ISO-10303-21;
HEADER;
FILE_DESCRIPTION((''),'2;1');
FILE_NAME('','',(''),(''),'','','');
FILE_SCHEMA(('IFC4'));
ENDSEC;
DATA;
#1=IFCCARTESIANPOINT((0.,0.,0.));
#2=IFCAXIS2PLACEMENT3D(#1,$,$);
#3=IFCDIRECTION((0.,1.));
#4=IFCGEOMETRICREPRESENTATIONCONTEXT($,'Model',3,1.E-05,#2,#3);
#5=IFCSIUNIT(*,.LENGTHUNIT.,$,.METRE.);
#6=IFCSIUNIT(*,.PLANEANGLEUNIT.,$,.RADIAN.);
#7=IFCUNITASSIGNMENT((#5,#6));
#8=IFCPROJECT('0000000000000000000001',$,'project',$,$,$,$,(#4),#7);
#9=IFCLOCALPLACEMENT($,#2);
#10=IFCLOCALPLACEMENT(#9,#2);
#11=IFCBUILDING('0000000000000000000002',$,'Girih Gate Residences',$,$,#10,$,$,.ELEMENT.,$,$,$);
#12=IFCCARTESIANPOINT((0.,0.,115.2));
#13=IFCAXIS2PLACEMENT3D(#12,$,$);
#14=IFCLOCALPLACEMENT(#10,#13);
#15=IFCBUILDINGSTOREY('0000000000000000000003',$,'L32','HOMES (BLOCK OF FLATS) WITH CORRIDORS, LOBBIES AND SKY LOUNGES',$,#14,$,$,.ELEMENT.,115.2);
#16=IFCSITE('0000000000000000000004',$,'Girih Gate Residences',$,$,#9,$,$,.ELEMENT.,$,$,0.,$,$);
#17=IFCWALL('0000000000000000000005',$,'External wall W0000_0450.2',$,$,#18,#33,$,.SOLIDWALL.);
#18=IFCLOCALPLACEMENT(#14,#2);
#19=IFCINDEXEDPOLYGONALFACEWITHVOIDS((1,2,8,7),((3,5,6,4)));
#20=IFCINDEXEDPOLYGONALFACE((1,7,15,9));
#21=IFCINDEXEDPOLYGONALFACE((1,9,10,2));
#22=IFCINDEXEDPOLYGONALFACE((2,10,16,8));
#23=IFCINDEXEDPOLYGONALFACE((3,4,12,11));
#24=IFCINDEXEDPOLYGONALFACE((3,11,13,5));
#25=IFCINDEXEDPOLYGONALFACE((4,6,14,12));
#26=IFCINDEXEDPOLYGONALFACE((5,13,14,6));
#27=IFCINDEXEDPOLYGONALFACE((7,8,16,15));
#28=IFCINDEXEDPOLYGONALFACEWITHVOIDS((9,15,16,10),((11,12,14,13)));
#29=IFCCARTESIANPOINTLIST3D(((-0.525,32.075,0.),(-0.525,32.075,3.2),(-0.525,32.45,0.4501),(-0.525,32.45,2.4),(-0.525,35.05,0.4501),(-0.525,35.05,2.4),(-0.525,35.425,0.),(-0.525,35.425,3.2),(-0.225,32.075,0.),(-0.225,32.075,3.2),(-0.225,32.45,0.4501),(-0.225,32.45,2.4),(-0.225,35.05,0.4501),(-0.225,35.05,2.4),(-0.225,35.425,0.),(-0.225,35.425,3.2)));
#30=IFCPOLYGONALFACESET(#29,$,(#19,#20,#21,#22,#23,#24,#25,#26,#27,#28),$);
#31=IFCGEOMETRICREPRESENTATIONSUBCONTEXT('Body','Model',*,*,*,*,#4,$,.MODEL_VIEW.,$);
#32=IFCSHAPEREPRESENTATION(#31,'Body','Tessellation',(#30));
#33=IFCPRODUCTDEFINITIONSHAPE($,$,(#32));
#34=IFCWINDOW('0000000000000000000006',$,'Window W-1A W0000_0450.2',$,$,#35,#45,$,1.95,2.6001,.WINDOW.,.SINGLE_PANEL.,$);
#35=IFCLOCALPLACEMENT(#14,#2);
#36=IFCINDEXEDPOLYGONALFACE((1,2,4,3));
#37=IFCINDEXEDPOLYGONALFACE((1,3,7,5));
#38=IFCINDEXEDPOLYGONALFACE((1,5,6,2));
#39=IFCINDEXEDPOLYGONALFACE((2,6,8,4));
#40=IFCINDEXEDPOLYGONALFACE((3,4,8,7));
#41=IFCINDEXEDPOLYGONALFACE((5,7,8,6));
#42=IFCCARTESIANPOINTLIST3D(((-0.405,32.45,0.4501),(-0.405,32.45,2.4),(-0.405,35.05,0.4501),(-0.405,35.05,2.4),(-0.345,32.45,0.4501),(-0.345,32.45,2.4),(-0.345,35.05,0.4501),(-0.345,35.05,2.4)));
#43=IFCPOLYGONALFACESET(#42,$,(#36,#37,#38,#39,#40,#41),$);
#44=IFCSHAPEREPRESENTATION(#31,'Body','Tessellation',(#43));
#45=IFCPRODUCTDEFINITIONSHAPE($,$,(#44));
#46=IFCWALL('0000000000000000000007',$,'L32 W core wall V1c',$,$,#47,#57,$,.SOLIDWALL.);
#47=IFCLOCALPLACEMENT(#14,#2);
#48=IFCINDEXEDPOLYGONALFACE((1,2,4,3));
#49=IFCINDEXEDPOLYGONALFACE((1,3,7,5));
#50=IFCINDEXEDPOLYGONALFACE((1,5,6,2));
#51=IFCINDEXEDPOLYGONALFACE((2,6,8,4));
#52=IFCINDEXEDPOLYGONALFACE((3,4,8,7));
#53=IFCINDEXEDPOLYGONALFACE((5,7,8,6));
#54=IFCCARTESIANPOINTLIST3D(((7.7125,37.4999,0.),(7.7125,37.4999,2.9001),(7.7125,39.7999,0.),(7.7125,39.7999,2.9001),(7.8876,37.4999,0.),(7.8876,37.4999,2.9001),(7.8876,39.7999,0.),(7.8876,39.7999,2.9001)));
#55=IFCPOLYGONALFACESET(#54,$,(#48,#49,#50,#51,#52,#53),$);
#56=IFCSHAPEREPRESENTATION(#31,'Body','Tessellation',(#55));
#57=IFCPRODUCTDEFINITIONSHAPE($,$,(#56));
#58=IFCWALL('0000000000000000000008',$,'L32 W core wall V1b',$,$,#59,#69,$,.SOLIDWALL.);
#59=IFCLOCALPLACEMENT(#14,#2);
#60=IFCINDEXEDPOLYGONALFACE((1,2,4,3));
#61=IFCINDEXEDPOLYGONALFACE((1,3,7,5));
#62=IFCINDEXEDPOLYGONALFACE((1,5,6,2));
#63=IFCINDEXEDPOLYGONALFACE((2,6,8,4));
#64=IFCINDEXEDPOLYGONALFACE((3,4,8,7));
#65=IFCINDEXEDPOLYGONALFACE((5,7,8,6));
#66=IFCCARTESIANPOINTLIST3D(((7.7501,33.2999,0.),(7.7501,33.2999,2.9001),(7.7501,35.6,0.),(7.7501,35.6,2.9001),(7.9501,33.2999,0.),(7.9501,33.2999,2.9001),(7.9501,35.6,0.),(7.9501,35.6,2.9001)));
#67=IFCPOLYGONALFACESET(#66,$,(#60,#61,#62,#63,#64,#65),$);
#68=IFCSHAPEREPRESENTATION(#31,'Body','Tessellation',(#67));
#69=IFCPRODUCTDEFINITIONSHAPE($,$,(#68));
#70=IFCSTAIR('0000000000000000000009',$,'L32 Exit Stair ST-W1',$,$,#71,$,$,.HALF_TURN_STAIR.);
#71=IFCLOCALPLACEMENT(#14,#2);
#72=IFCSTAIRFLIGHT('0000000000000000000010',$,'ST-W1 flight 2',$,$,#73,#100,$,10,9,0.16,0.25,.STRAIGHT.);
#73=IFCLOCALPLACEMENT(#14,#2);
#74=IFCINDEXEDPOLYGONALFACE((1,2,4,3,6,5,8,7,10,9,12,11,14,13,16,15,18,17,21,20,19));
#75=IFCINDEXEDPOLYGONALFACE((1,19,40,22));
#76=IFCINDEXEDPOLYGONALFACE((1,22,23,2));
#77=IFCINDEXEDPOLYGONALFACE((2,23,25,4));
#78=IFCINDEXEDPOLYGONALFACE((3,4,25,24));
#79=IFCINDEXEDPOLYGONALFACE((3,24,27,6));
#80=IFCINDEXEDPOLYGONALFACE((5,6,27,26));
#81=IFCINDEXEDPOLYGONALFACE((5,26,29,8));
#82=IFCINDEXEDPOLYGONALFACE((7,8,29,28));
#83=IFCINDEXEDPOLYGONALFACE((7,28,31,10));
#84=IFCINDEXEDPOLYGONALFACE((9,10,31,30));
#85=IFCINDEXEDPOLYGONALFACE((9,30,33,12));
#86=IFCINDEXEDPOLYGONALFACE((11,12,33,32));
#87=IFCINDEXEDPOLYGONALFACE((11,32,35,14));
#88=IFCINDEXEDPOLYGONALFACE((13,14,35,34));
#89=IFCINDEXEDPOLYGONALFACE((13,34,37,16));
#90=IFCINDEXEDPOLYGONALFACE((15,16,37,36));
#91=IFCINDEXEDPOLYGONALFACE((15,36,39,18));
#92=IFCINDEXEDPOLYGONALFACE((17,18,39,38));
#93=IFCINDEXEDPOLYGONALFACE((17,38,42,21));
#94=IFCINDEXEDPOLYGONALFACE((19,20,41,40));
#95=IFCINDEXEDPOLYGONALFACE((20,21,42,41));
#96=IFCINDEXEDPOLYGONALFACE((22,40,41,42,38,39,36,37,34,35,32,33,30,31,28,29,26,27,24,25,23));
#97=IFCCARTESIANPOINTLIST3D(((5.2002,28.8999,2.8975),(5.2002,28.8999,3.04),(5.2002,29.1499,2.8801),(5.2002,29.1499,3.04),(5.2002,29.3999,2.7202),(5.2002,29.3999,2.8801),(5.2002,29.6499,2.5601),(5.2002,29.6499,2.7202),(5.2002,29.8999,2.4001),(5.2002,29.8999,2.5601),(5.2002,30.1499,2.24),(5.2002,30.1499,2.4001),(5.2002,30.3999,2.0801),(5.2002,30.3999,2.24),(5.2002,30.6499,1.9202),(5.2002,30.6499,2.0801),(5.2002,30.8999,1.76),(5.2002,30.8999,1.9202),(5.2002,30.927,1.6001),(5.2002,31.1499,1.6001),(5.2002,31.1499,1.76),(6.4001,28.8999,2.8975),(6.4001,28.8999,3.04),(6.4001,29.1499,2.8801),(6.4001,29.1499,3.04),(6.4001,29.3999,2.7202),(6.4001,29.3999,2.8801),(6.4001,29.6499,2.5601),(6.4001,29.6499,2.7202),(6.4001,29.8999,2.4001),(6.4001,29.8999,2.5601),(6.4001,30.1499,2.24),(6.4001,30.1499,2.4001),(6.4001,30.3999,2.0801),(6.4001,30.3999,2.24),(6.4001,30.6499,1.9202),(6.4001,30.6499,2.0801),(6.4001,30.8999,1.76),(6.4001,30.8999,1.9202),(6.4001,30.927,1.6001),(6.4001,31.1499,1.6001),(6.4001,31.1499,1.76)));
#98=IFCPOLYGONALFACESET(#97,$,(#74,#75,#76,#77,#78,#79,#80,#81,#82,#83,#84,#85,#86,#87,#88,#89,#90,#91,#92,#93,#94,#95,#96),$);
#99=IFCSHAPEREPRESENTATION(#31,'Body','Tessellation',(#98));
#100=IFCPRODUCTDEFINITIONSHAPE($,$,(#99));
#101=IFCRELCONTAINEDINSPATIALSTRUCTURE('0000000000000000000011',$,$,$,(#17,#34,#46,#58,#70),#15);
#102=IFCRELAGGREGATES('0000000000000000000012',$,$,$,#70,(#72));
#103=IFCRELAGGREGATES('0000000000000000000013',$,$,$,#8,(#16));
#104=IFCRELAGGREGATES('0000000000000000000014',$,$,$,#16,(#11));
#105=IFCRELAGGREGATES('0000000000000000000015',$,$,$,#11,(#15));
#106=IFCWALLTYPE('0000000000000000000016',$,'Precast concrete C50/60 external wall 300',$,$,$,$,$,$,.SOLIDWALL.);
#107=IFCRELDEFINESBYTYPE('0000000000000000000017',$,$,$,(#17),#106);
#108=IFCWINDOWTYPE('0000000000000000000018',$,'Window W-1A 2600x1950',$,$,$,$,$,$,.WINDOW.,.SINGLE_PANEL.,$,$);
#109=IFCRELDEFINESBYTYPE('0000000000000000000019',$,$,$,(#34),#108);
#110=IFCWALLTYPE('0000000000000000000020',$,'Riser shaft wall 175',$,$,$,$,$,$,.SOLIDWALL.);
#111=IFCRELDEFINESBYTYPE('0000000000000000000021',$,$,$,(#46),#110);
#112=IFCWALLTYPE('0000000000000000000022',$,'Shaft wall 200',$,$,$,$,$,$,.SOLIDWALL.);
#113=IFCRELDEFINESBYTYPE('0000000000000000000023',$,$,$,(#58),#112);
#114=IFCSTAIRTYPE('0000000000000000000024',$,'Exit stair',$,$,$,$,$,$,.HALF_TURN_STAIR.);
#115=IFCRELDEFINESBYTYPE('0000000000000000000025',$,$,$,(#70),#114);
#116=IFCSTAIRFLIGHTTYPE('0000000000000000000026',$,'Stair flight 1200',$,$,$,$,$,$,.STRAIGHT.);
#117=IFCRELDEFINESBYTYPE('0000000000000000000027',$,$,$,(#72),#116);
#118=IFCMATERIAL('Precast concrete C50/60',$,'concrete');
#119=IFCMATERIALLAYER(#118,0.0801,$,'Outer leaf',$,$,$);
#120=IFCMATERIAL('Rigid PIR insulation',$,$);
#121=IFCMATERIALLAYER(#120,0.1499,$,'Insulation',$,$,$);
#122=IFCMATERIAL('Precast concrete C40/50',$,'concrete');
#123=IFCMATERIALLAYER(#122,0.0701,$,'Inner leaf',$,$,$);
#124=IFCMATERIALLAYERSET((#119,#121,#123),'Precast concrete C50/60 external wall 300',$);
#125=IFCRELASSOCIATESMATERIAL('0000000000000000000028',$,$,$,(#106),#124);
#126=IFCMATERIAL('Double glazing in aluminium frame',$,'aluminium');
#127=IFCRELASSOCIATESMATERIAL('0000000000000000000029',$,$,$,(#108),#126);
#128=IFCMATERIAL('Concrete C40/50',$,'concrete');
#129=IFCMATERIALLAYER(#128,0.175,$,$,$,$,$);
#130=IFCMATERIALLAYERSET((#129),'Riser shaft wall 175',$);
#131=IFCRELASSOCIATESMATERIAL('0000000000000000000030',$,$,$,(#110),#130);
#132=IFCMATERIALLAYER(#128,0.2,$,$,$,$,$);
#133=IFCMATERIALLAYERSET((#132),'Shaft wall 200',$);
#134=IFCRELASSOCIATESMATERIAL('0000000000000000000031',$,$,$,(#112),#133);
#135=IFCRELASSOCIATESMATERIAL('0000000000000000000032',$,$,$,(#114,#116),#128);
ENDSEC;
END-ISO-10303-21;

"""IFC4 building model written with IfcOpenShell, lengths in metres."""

from ifc_helpers import new_model, si_unit, direction, frame, frame_2d, origin, place, context, subcontext, project, spatial, polyline, rectangle, outline, extrude, material, layer, layer_set, type_object, element, fill, aggregate, save


model = new_model("IFC4")

# Units and contexts
model_context = context("Model", 3, precision=1e-05, world=origin(), true_north=direction((0.0, 1.0)))
body_context = subcontext(model_context, "Body", "Model", "MODEL_VIEW")
ifc_project = project(units=[si_unit("LENGTHUNIT", "METRE"), si_unit("PLANEANGLEUNIT", "RADIAN")], contexts=[model_context])

# Site, building, storey
site_placement = place(None, origin())
site = spatial("IfcSite", under=ifc_project, at=site_placement, Name="Girih Gate Residences", CompositionType="ELEMENT", RefElevation=0.0)
building_placement = place(site_placement, origin())
building = spatial("IfcBuilding", under=site, at=building_placement, Name="Girih Gate Residences", CompositionType="ELEMENT")
storey_placement = place(building_placement, frame((0.0, 0.0, 115.2)))
storey = spatial("IfcBuildingStorey", under=building, at=storey_placement, Name="L32", Description="HOMES (BLOCK OF FLATS) WITH CORRIDORS, LOBBIES AND SKY LOUNGES", CompositionType="ELEMENT", Elevation=115.2)

# Shared definitions
ifc_material_1 = material(Name="Concrete C40/50", Category="concrete")

# Wall, opening, window
ifc_material_2 = material(Name="Precast concrete C50/60", Category="concrete")
ifc_layer_1 = layer(ifc_material_2, 0.0801, Name="Outer leaf")
ifc_material_3 = material(Name="Rigid PIR insulation")
ifc_layer_2 = layer(ifc_material_3, 0.1499, Name="Insulation")
ifc_material_4 = material(Name="Precast concrete C40/50", Category="concrete")
ifc_layer_3 = layer(ifc_material_4, 0.0701, Name="Inner leaf")
ifc_layer_set_1 = layer_set([ifc_layer_1, ifc_layer_2, ifc_layer_3], Name="Precast concrete C50/60 external wall 300")
wall_type_1 = type_object("IfcWallType", Name="Precast concrete C50/60 external wall 300", PredefinedType="SOLIDWALL", material=ifc_layer_set_1)
ifc_material_5 = material(Name="Double glazing in aluminium frame", Category="aluminium")
window_type = type_object("IfcWindowType", Name="Window W-1A 2600x1950", PartitioningType="SINGLE_PANEL", PredefinedType="WINDOW", material=ifc_material_5)
wall_1_placement = place(storey_placement, frame((-0.375, 32.075, 0.0), z_axis=(0.0, 0.0, 1.0), x_axis=(0.0, 1.0, 0.0)))
wall_1 = element("IfcWall", 1, at=wall_1_placement, inside=storey, type_object=wall_type_1, Name="External wall W0000_0450.2", PredefinedType="SOLIDWALL", context=body_context, shape_type="SweptSolid", body=[
    extrude(rectangle(XDim=3.3501, YDim=0.3, at=frame_2d((1.675, 0.0))), origin(), (0.0, 0.0, 1.0), 3.2),
])
opening_1_placement = place(wall_1_placement, frame((0.375, 0.0, 0.45)))
opening_1 = element("IfcOpeningElement", 2, at=opening_1_placement, cuts=wall_1, PredefinedType="OPENING", context=body_context, shape_type="SweptSolid", body=[
    extrude(rectangle(XDim=2.6001, YDim=1.95, at=frame_2d((1.3, 0.9751))), frame((0.0, 0.1599, 0.0), z_axis=(0.0, -1.0, 0.0), x_axis=(1.0, 0.0, 0.0)), (0.0, 0.0, 1.0), 0.3201),
])
window_1_placement = place(opening_1_placement, origin())
window_1 = element("IfcWindow", 3, at=window_1_placement, inside=storey, type_object=window_type, Name="Window W-1A W0000_0450.2", OverallHeight=1.95, OverallWidth=2.6001, PartitioningType="SINGLE_PANEL", PredefinedType="WINDOW", context=body_context, shape_type="SweptSolid", body=[
    extrude(rectangle(XDim=2.6001, YDim=1.95, at=frame_2d((1.3, 0.9751))), frame((0.0, 0.03, 0.0), z_axis=(0.0, -1.0, 0.0), x_axis=(1.0, 0.0, 0.0)), (0.0, 0.0, 1.0), 0.0601),
])
fill(opening_1, window_1)

# Walls
ifc_layer_4 = layer(ifc_material_1, 0.175)
ifc_layer_set_2 = layer_set([ifc_layer_4], Name="Riser shaft wall 175")
wall_type_2 = type_object("IfcWallType", Name="Riser shaft wall 175", PredefinedType="SOLIDWALL", material=ifc_layer_set_2)
wall_2_placement = place(storey_placement, frame((7.8, 37.5, 0.0), z_axis=(0.0, 0.0, 1.0), x_axis=(0.0, 1.0, 0.0)))
element("IfcWall", 4, at=wall_2_placement, inside=storey, type_object=wall_type_2, Name="L32 W core wall V1c", PredefinedType="SOLIDWALL", context=body_context, shape_type="SweptSolid", body=[
    extrude(rectangle(XDim=2.3, YDim=0.175, at=frame_2d((1.1499, 0.0))), origin(), (0.0, 0.0, 1.0), 2.9001),
])
ifc_layer_5 = layer(ifc_material_1, 0.2)
ifc_layer_set_3 = layer_set([ifc_layer_5], Name="Shaft wall 200")
wall_type_3 = type_object("IfcWallType", Name="Shaft wall 200", PredefinedType="SOLIDWALL", material=ifc_layer_set_3)
wall_3_placement = place(storey_placement, frame((7.8501, 33.3, 0.0), z_axis=(0.0, 0.0, 1.0), x_axis=(0.0, 1.0, 0.0)))
element("IfcWall", 5, at=wall_3_placement, inside=storey, type_object=wall_type_3, Name="L32 W core wall V1b", PredefinedType="SOLIDWALL", context=body_context, shape_type="SweptSolid", body=[
    extrude(rectangle(XDim=2.3, YDim=0.2, at=frame_2d((1.1499, 0.0))), origin(), (0.0, 0.0, 1.0), 2.9001),
])

# Stair, stair flight
stair_type = type_object("IfcStairType", Name="Exit stair", PredefinedType="HALF_TURN_STAIR", material=ifc_material_1)
stair_placement = place(storey_placement, origin())
stair = element("IfcStair", 6, at=stair_placement, inside=storey, type_object=stair_type, Name="L32 Exit Stair ST-W1", PredefinedType="HALF_TURN_STAIR")
stair_flight_type = type_object("IfcStairFlightType", Name="Stair flight 1200", PredefinedType="STRAIGHT", material=ifc_material_1)
stair_flight_placement = place(storey_placement, frame((5.8, 31.1499, 1.6001), z_axis=(0.0, 0.0, 1.0), x_axis=(0.0, -1.0, 0.0)))
stair_flight = element("IfcStairFlight", 7, at=stair_flight_placement, type_object=stair_flight_type, Name="ST-W1 flight 2", NumberOfRisers=10, NumberOfTreads=9, PredefinedType="STRAIGHT", RiserHeight=0.16, TreadLength=0.25, context=body_context, shape_type="SweptSolid", body=[
    extrude(outline(polyline([(0.0, 0.0), (0.0, 0.1599), (0.25, 0.1599), (0.25, 0.3201), (0.5, 0.3201), (0.5, 0.48), (0.75, 0.48), (0.75, 0.6399), (1.0, 0.6399), (1.0, 0.8), (1.25, 0.8), (1.25, 0.96), (1.5, 0.96), (1.5, 1.1201), (1.75, 1.1201), (1.75, 1.28), (2.0, 1.28), (2.0, 1.4399), (2.25, 1.4399), (2.25, 1.6001), (2.25, 1.2974), (0.2229, 0.0), (0.0, 0.0)])), frame((0.0, 0.6001, 0.0), z_axis=(0.0, -1.0, 0.0), x_axis=(1.0, 0.0, 0.0)), (0.0, 0.0, 1.0), 1.2),
])
aggregate(stair, [stair_flight])

save(model, "model.ifc")
